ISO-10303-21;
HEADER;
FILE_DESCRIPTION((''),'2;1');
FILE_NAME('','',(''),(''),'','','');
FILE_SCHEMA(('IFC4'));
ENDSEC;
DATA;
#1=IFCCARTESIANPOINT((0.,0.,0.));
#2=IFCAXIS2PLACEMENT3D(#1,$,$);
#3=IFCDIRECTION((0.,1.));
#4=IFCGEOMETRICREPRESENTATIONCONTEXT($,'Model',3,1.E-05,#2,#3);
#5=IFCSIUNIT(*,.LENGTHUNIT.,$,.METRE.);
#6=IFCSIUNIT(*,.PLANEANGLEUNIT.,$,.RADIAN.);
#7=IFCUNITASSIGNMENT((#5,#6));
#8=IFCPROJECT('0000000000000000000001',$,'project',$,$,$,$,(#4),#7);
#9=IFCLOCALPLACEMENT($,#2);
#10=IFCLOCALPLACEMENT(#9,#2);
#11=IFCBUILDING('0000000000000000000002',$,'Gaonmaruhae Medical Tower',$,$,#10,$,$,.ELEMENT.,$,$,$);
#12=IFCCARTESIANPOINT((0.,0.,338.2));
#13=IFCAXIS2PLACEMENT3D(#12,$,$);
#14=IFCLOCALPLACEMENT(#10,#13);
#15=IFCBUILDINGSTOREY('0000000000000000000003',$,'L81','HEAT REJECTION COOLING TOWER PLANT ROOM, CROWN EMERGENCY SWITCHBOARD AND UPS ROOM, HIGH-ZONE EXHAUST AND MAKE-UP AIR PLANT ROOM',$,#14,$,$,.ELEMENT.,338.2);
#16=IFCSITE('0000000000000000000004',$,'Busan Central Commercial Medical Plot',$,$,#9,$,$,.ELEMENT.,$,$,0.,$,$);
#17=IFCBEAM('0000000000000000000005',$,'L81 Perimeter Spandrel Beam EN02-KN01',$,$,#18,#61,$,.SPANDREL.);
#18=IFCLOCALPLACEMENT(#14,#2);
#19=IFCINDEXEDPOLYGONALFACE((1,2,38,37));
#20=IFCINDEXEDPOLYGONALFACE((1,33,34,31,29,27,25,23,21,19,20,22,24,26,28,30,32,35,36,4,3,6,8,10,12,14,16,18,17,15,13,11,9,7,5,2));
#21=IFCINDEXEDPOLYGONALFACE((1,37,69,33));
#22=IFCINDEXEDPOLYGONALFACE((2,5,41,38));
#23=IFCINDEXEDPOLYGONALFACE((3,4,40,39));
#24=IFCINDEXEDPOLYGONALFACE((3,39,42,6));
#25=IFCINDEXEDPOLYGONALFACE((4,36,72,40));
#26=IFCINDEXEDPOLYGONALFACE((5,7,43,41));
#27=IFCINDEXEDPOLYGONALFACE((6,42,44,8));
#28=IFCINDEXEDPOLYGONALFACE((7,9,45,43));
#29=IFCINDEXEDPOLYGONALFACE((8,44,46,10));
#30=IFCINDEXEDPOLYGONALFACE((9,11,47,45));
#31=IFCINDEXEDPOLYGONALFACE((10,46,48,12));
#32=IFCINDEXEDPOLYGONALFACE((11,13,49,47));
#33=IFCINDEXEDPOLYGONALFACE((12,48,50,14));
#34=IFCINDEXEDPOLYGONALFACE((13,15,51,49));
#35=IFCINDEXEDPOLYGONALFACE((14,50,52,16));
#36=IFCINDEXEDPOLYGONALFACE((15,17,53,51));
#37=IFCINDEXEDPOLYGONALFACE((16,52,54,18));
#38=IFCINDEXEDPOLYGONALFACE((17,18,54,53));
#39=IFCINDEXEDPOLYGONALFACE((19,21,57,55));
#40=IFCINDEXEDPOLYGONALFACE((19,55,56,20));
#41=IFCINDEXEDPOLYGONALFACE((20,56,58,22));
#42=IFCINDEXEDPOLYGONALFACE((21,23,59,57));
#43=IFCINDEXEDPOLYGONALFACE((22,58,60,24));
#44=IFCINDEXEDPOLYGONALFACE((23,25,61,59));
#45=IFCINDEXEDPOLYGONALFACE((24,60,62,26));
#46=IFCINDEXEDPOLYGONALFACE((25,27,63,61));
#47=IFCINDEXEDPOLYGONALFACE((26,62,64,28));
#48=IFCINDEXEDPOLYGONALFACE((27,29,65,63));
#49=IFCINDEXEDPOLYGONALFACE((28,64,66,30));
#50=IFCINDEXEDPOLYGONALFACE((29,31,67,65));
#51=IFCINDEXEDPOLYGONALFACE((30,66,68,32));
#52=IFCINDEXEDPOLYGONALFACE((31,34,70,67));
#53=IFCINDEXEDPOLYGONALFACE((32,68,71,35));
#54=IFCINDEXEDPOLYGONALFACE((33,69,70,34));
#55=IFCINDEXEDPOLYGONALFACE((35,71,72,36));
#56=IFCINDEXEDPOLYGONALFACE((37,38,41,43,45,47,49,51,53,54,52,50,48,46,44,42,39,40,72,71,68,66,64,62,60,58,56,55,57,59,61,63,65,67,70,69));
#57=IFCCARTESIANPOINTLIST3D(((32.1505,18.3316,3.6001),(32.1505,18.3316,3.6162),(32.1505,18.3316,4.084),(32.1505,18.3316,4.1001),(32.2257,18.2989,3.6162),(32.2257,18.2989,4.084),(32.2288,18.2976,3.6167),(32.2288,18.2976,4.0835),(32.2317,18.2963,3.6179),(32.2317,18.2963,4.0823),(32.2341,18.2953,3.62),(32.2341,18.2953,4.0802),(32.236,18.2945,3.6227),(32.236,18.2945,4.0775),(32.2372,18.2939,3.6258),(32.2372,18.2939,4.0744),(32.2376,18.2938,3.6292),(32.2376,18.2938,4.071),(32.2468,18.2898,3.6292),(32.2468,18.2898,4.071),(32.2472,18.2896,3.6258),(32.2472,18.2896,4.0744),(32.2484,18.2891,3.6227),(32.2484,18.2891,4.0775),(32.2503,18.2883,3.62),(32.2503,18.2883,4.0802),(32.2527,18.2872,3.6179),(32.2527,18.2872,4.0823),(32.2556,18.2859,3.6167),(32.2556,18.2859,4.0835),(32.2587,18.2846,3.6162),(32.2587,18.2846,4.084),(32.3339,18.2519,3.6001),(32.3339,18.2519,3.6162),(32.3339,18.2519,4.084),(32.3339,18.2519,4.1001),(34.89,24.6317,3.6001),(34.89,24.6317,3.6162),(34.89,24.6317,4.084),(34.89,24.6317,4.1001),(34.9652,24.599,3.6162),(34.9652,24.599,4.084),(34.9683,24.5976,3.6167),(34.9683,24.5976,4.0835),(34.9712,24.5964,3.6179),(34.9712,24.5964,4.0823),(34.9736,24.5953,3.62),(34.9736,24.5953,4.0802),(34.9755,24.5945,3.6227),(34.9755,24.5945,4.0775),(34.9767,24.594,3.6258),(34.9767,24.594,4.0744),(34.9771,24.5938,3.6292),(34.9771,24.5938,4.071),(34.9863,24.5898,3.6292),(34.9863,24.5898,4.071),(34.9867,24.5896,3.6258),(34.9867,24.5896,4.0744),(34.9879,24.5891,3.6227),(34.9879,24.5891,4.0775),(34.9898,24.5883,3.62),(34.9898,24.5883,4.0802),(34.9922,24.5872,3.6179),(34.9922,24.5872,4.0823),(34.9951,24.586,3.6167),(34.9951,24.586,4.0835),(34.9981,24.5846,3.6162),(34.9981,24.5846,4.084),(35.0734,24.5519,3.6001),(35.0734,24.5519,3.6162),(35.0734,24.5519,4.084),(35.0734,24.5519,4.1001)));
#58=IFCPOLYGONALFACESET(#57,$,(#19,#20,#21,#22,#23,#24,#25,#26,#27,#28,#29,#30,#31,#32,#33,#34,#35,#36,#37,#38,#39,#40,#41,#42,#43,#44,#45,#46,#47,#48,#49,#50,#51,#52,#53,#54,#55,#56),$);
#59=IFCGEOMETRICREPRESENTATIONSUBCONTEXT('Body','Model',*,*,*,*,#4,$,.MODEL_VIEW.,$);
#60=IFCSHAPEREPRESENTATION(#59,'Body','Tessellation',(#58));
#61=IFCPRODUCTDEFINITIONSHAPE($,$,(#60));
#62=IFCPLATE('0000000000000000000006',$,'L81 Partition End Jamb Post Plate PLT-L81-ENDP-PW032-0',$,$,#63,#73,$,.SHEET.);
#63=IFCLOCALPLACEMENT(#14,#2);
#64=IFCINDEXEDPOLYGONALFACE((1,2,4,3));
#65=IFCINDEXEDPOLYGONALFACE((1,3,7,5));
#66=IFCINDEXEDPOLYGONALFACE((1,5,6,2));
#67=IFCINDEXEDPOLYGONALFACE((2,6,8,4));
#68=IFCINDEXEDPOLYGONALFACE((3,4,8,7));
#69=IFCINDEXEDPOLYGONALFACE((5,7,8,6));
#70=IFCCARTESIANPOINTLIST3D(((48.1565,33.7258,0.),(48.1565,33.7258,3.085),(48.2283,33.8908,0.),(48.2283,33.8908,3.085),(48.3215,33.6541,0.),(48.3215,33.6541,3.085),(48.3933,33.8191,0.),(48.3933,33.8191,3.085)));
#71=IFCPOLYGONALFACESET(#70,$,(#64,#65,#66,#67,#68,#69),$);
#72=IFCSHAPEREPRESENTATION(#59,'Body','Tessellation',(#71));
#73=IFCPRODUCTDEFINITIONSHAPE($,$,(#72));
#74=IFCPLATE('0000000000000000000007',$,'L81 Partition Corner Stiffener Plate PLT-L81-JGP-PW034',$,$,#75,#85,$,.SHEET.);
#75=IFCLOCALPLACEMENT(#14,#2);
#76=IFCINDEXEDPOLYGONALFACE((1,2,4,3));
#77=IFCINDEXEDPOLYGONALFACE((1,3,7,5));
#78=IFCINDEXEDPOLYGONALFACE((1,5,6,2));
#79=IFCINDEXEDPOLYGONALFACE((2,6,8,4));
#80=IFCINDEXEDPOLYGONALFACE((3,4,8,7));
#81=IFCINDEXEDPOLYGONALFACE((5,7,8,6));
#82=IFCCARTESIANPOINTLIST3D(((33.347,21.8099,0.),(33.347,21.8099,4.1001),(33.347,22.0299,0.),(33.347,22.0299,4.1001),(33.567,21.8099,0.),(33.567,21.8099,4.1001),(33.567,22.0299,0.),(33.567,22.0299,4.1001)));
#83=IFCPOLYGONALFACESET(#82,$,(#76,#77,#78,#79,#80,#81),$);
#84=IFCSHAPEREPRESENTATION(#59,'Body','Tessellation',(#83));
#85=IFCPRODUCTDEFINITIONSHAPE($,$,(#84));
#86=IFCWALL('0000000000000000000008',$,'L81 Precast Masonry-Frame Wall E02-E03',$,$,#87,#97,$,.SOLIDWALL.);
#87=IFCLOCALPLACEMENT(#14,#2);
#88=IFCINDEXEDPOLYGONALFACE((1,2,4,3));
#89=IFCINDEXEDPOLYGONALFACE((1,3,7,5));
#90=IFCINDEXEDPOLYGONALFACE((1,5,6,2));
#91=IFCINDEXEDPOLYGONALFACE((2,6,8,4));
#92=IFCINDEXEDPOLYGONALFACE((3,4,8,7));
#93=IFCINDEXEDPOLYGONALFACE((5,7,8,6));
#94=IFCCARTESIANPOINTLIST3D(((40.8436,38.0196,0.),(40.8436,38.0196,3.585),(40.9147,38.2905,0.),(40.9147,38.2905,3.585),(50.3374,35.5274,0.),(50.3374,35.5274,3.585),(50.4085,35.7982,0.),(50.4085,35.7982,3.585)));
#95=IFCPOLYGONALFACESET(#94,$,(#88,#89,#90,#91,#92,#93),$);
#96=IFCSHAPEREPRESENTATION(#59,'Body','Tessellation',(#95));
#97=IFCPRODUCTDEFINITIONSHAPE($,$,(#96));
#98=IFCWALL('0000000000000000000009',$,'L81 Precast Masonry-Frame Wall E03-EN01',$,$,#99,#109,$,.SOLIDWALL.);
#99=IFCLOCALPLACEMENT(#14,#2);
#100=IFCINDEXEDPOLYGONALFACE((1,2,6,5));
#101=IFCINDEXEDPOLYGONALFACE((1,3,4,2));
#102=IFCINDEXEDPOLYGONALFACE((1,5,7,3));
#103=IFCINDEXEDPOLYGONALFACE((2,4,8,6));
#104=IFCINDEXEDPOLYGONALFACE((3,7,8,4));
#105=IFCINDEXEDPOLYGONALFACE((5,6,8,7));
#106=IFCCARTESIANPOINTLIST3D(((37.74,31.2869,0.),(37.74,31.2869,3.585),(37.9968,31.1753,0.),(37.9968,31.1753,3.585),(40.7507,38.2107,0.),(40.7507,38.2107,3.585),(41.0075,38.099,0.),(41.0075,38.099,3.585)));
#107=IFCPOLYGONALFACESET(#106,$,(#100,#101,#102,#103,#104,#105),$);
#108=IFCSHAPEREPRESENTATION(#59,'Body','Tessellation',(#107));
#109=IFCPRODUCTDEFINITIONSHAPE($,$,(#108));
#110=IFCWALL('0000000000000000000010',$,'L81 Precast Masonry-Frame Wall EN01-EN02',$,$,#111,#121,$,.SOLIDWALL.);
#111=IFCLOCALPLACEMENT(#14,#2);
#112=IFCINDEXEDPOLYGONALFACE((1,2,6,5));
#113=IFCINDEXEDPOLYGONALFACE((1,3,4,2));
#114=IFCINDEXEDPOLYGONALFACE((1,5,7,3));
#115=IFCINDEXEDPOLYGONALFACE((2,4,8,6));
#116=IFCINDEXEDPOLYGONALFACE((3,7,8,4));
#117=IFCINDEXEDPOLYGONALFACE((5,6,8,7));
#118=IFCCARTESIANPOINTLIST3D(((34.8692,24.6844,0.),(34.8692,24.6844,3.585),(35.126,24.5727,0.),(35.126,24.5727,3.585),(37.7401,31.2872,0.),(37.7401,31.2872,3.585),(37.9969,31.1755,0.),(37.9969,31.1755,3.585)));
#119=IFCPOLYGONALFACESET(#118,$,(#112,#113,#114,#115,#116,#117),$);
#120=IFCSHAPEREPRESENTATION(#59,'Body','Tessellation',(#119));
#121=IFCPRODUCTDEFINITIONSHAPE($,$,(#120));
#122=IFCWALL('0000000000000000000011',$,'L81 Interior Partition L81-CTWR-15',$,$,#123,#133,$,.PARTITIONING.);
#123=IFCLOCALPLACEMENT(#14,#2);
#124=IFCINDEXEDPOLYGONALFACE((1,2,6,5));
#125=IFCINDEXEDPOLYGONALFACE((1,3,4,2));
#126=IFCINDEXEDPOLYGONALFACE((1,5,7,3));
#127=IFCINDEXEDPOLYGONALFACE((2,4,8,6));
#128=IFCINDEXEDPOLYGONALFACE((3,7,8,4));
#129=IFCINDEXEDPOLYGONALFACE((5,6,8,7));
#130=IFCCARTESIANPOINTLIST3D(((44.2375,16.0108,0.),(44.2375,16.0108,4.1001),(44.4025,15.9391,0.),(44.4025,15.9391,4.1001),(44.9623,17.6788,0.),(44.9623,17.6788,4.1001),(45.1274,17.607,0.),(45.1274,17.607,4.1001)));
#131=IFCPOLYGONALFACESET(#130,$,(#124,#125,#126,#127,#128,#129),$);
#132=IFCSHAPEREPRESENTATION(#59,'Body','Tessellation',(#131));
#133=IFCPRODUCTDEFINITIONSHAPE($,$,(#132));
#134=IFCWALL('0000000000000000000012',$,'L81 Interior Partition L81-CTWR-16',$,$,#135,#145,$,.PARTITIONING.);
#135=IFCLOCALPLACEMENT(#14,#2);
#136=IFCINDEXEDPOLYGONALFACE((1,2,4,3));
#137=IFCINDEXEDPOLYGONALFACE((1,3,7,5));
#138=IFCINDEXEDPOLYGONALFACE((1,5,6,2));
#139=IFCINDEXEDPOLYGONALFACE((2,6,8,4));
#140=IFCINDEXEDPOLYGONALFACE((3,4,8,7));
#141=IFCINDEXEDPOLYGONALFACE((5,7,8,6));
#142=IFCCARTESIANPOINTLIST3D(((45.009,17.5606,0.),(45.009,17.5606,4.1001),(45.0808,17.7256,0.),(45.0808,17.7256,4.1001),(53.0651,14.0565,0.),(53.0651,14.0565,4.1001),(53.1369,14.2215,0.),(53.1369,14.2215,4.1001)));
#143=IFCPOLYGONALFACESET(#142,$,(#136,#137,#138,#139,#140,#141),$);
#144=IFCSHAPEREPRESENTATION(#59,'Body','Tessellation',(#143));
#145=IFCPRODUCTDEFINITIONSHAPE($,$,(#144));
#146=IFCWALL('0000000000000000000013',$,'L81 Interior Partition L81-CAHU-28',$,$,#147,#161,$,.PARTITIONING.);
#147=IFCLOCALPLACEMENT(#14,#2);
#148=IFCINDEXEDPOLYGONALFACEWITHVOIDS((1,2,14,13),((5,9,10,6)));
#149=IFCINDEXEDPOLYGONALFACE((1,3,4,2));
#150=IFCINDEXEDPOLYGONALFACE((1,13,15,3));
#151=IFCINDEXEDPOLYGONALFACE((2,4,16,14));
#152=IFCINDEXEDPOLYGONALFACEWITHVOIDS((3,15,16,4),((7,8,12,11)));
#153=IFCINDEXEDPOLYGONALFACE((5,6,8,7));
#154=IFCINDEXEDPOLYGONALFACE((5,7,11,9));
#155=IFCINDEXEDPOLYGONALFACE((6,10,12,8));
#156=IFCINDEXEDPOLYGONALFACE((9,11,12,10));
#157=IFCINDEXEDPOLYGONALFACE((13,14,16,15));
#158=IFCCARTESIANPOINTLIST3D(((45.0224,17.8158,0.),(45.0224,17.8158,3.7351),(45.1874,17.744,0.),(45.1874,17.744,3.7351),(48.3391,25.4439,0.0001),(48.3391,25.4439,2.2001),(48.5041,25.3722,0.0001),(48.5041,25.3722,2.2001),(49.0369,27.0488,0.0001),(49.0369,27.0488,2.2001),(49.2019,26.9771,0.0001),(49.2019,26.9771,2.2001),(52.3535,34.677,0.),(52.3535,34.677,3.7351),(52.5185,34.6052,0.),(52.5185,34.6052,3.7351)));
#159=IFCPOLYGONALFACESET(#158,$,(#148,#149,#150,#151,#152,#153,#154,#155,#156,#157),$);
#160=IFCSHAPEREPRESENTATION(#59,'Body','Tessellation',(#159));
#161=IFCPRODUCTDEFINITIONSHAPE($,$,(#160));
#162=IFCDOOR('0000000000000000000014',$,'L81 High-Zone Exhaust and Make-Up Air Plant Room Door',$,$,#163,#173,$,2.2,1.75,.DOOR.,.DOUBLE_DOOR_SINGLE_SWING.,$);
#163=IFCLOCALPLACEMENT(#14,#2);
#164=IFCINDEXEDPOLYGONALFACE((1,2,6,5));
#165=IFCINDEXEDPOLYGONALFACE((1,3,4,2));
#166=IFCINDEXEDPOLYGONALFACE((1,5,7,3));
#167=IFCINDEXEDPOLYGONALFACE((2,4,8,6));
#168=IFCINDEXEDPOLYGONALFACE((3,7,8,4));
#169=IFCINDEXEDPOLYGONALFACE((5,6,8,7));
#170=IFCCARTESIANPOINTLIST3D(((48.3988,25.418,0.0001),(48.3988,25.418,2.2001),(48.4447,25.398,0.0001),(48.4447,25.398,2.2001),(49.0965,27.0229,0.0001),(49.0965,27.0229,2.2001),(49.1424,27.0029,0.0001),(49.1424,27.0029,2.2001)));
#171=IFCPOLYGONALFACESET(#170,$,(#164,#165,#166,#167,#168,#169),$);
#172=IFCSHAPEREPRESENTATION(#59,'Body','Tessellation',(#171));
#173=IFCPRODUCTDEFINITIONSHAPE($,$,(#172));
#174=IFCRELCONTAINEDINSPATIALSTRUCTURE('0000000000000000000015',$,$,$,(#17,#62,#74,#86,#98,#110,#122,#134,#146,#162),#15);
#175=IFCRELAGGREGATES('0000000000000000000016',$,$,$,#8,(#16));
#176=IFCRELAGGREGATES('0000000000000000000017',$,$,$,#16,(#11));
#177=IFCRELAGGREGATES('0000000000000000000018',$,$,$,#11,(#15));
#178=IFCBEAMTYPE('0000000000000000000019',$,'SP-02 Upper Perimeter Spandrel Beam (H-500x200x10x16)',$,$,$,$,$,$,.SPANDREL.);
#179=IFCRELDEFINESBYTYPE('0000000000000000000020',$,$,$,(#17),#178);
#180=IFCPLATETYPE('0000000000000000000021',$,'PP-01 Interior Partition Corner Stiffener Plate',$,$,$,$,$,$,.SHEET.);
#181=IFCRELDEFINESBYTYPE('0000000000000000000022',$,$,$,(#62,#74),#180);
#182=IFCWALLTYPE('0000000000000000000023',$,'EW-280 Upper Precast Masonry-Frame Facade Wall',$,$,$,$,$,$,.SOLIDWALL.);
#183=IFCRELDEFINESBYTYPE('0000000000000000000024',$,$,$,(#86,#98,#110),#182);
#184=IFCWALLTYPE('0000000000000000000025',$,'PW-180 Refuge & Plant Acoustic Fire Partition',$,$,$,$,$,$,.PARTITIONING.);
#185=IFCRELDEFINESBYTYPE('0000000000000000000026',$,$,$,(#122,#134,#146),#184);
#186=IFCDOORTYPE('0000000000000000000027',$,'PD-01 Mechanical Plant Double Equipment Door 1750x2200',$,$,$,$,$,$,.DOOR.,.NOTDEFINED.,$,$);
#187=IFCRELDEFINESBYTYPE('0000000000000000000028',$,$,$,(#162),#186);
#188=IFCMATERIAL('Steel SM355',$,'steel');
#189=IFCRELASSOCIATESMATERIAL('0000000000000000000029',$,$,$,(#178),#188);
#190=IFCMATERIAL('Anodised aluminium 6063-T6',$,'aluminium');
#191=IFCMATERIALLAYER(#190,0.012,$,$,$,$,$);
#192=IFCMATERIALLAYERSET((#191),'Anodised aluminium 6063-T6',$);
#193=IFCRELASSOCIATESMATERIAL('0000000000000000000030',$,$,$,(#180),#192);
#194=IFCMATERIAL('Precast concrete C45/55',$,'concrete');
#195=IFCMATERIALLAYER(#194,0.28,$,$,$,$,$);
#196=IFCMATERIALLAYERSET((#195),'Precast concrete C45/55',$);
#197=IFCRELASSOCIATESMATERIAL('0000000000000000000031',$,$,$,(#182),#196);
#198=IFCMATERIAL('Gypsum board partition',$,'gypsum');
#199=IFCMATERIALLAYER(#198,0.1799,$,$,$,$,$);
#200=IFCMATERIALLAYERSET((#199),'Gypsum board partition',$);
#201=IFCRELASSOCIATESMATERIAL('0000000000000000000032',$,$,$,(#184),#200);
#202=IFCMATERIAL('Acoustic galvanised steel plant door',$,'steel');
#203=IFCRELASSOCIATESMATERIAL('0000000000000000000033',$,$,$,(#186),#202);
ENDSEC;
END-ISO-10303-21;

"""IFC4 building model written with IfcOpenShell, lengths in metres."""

from ifc_helpers import new_model, si_unit, direction, frame, frame_2d, origin, origin_2d, place, context, subcontext, project, spatial, rectangle, i_section, extrude, material, layer, layer_set, material_profile, profile_set, type_object, element, fill, save


model = new_model("IFC4")

# Units and contexts
model_context = context("Model", 3, precision=1e-05, world=origin(), true_north=direction((0.0, 1.0)))
body_context = subcontext(model_context, "Body", "Model", "MODEL_VIEW")
ifc_project = project(units=[si_unit("LENGTHUNIT", "METRE"), si_unit("PLANEANGLEUNIT", "RADIAN")], contexts=[model_context])

# Site, building, storey
site_placement = place(None, origin())
site = spatial("IfcSite", under=ifc_project, at=site_placement, Name="Busan Central Commercial Medical Plot", CompositionType="ELEMENT", RefElevation=0.0)
building_placement = place(site_placement, origin())
building = spatial("IfcBuilding", under=site, at=building_placement, Name="Gaonmaruhae Medical Tower", CompositionType="ELEMENT")
storey_placement = place(building_placement, frame((0.0, 0.0, 338.2)))
storey = spatial("IfcBuildingStorey", under=building, at=storey_placement, Name="L81", Description="HEAT REJECTION COOLING TOWER PLANT ROOM, CROWN EMERGENCY SWITCHBOARD AND UPS ROOM, HIGH-ZONE EXHAUST AND MAKE-UP AIR PLANT ROOM", CompositionType="ELEMENT", Elevation=338.2)

# Beam
ifc_material_1 = material(Name="Steel SM355", Category="steel")
ifc_material_profile_1 = material_profile(ifc_material_1, i_section(OverallWidth=0.2, OverallDepth=0.5, WebThickness=0.01, FlangeThickness=0.0161, FilletRadius=0.0129, at=origin_2d()), Name="H-500x200x10x16")
ifc_profile_set_1 = profile_set([ifc_material_profile_1], Name="Steel SM355")
beam_type_1 = type_object("IfcBeamType", Name="SP-02 Upper Perimeter Spandrel Beam (H-500x200x10x16)", PredefinedType="SPANDREL", material=ifc_profile_set_1)
beam_1_placement = place(storey_placement, frame((34.9817, 24.5918, 3.8501), z_axis=(-0.398769, -0.917051, 0.0), x_axis=(0.917051, -0.398769, 0.0)))
element("IfcBeam", 1, at=beam_1_placement, inside=storey, type_object=beam_type_1, Name="L81 Perimeter Spandrel Beam EN02-KN01", PredefinedType="SPANDREL", context=body_context, shape_type="SweptSolid", body=[
    extrude(i_section(OverallWidth=0.2, OverallDepth=0.5, WebThickness=0.01, FlangeThickness=0.0161, FilletRadius=0.0129, at=origin_2d()), origin(), (0.0, 0.0, 1.0), 6.8699),
])

# Plates
ifc_material_2 = material(Name="Anodised aluminium 6063-T6", Category="aluminium")
ifc_layer_1 = layer(ifc_material_2, 0.012)
ifc_layer_set_1 = layer_set([ifc_layer_1], Name="Anodised aluminium 6063-T6")
plate_type = type_object("IfcPlateType", Name="PP-01 Interior Partition Corner Stiffener Plate", PredefinedType="SHEET", material=ifc_layer_set_1)
plate_1_placement = place(storey_placement, frame((48.2749, 33.7725, 0.0), z_axis=(0.0, 0.0, 1.0), x_axis=(-0.398765, -0.917053, 0.0)))
element("IfcPlate", 2, at=plate_1_placement, inside=storey, type_object=plate_type, Name="L81 Partition End Jamb Post Plate PLT-L81-ENDP-PW032-0", PredefinedType="SHEET", context=body_context, shape_type="SweptSolid", body=[
    extrude(rectangle(XDim=0.1799, YDim=0.1799, at=origin_2d()), origin(), (0.0, 0.0, 1.0), 3.085),
])
plate_2_placement = place(storey_placement, frame((33.457, 21.9199, 0.0), z_axis=(0.0, 0.0, 1.0), x_axis=(-1.0, 0.0, 0.0)))
element("IfcPlate", 3, at=plate_2_placement, inside=storey, type_object=plate_type, Name="L81 Partition Corner Stiffener Plate PLT-L81-JGP-PW034", PredefinedType="SHEET", context=body_context, shape_type="SweptSolid", body=[
    extrude(rectangle(XDim=0.22, YDim=0.22, at=origin_2d()), origin(), (0.0, 0.0, 1.0), 4.1001),
])

# Walls
ifc_material_3 = material(Name="Precast concrete C45/55", Category="concrete")
ifc_layer_2 = layer(ifc_material_3, 0.28)
ifc_layer_set_2 = layer_set([ifc_layer_2], Name="Precast concrete C45/55")
wall_type_1 = type_object("IfcWallType", Name="EW-280 Upper Precast Masonry-Frame Facade Wall", PredefinedType="SOLIDWALL", material=ifc_layer_set_2)
wall_1_placement = place(storey_placement, frame((40.8792, 38.155, 0.0), z_axis=(0.0, 0.0, 1.0), x_axis=(0.967228, -0.253908, 0.0)))
element("IfcWall", 4, at=wall_1_placement, inside=storey, type_object=wall_type_1, Name="L81 Precast Masonry-Frame Wall E02-E03", PredefinedType="SOLIDWALL", context=body_context, shape_type="SweptSolid", body=[
    extrude(rectangle(XDim=9.8154, YDim=0.28, at=frame_2d((4.9077, 0.0))), origin(), (0.0, 0.0, 1.0), 3.585),
])
wall_2_placement = place(storey_placement, frame((37.8684, 31.2312, 0.0), z_axis=(0.0, 0.0, 1.0), x_axis=(0.398769, 0.917052, 0.0)))
element("IfcWall", 5, at=wall_2_placement, inside=storey, type_object=wall_type_1, Name="L81 Precast Masonry-Frame Wall E03-EN01", PredefinedType="SOLIDWALL", context=body_context, shape_type="SweptSolid", body=[
    extrude(rectangle(XDim=7.55, YDim=0.28, at=frame_2d((3.7749, 0.0))), origin(), (0.0, 0.0, 1.0), 3.585),
])
wall_3_placement = place(storey_placement, frame((34.9976, 24.6284, 0.0), z_axis=(0.0, 0.0, 1.0), x_axis=(0.398735, 0.917066, 0.0)))
element("IfcWall", 6, at=wall_3_placement, inside=storey, type_object=wall_type_1, Name="L81 Precast Masonry-Frame Wall EN01-EN02", PredefinedType="SOLIDWALL", context=body_context, shape_type="SweptSolid", body=[
    extrude(rectangle(XDim=7.2, YDim=0.28, at=frame_2d((3.6001, 0.0))), origin(), (0.0, 0.0, 1.0), 3.585),
])
ifc_material_4 = material(Name="Gypsum board partition", Category="gypsum")
ifc_layer_3 = layer(ifc_material_4, 0.1799)
ifc_layer_set_3 = layer_set([ifc_layer_3], Name="Gypsum board partition")
wall_type_2 = type_object("IfcWallType", Name="PW-180 Refuge & Plant Acoustic Fire Partition", PredefinedType="PARTITIONING", material=ifc_layer_set_3)
wall_4_placement = place(storey_placement, frame((44.3201, 15.9751, 0.0), z_axis=(0.0, 0.0, 1.0), x_axis=(0.398564, 0.91714, 0.0)))
element("IfcWall", 7, at=wall_4_placement, inside=storey, type_object=wall_type_2, Name="L81 Interior Partition L81-CTWR-15", PredefinedType="PARTITIONING", context=body_context, shape_type="SweptSolid", body=[
    extrude(rectangle(XDim=1.8186, YDim=0.1799, at=frame_2d((0.9092, 0.0))), origin(), (0.0, 0.0, 1.0), 4.1001),
])
wall_5_placement = place(storey_placement, frame((45.0449, 17.6431, 0.0), z_axis=(0.0, 0.0, 1.0), x_axis=(0.917009, -0.398867, 0.0)))
element("IfcWall", 8, at=wall_5_placement, inside=storey, type_object=wall_type_2, Name="L81 Interior Partition L81-CTWR-16", PredefinedType="PARTITIONING", context=body_context, shape_type="SweptSolid", body=[
    extrude(rectangle(XDim=8.7852, YDim=0.1799, at=frame_2d((4.3926, 0.0))), origin(), (0.0, 0.0, 1.0), 4.1001),
])

# Wall, opening, door
wall_6_placement = place(storey_placement, frame((45.105, 17.78, 0.0), z_axis=(0.0, 0.0, 1.0), x_axis=(0.398733, 0.917067, 0.0)))
wall_6 = element("IfcWall", 9, at=wall_6_placement, inside=storey, type_object=wall_type_2, Name="L81 Interior Partition L81-CAHU-28", PredefinedType="PARTITIONING", context=body_context, shape_type="SweptSolid", body=[
    extrude(rectangle(XDim=18.386, YDim=0.1799, at=frame_2d((9.1929, 0.0))), origin(), (0.0, 0.0, 1.0), 3.7351),
])
opening_1_placement = place(wall_6_placement, frame((8.3179, 0.0, 0.0)))
opening_1 = element("IfcOpeningElement", 10, at=opening_1_placement, cuts=wall_6, PredefinedType="OPENING", context=body_context, shape_type="SweptSolid", body=[
    extrude(rectangle(XDim=1.75, YDim=2.2, at=frame_2d((0.875, 1.1001))), frame((0.0, 0.1001, 0.0), z_axis=(0.0, -1.0, 0.0), x_axis=(1.0, 0.0, 0.0)), (0.0, 0.0, 1.0), 0.2),
])
ifc_material_5 = material(Name="Acoustic galvanised steel plant door", Category="steel")
door_type = type_object("IfcDoorType", Name="PD-01 Mechanical Plant Double Equipment Door 1750x2200", OperationType="NOTDEFINED", PredefinedType="DOOR", material=ifc_material_5)
door_1_placement = place(opening_1_placement, origin())
door_1 = element("IfcDoor", 11, at=door_1_placement, inside=storey, type_object=door_type, Name="L81 High-Zone Exhaust and Make-Up Air Plant Room Door", OperationType="DOUBLE_DOOR_SINGLE_SWING", OverallHeight=2.2, OverallWidth=1.75, PredefinedType="DOOR", context=body_context, shape_type="SweptSolid", body=[
    extrude(rectangle(XDim=1.75, YDim=2.2, at=frame_2d((0.875, 1.1001))), frame((0.0, 0.0249, 0.0), z_axis=(0.0, -1.0, 0.0), x_axis=(1.0, 0.0, 0.0)), (0.0, 0.0, 1.0), 0.05),
])
fill(opening_1, door_1)

save(model, "model.ifc")
